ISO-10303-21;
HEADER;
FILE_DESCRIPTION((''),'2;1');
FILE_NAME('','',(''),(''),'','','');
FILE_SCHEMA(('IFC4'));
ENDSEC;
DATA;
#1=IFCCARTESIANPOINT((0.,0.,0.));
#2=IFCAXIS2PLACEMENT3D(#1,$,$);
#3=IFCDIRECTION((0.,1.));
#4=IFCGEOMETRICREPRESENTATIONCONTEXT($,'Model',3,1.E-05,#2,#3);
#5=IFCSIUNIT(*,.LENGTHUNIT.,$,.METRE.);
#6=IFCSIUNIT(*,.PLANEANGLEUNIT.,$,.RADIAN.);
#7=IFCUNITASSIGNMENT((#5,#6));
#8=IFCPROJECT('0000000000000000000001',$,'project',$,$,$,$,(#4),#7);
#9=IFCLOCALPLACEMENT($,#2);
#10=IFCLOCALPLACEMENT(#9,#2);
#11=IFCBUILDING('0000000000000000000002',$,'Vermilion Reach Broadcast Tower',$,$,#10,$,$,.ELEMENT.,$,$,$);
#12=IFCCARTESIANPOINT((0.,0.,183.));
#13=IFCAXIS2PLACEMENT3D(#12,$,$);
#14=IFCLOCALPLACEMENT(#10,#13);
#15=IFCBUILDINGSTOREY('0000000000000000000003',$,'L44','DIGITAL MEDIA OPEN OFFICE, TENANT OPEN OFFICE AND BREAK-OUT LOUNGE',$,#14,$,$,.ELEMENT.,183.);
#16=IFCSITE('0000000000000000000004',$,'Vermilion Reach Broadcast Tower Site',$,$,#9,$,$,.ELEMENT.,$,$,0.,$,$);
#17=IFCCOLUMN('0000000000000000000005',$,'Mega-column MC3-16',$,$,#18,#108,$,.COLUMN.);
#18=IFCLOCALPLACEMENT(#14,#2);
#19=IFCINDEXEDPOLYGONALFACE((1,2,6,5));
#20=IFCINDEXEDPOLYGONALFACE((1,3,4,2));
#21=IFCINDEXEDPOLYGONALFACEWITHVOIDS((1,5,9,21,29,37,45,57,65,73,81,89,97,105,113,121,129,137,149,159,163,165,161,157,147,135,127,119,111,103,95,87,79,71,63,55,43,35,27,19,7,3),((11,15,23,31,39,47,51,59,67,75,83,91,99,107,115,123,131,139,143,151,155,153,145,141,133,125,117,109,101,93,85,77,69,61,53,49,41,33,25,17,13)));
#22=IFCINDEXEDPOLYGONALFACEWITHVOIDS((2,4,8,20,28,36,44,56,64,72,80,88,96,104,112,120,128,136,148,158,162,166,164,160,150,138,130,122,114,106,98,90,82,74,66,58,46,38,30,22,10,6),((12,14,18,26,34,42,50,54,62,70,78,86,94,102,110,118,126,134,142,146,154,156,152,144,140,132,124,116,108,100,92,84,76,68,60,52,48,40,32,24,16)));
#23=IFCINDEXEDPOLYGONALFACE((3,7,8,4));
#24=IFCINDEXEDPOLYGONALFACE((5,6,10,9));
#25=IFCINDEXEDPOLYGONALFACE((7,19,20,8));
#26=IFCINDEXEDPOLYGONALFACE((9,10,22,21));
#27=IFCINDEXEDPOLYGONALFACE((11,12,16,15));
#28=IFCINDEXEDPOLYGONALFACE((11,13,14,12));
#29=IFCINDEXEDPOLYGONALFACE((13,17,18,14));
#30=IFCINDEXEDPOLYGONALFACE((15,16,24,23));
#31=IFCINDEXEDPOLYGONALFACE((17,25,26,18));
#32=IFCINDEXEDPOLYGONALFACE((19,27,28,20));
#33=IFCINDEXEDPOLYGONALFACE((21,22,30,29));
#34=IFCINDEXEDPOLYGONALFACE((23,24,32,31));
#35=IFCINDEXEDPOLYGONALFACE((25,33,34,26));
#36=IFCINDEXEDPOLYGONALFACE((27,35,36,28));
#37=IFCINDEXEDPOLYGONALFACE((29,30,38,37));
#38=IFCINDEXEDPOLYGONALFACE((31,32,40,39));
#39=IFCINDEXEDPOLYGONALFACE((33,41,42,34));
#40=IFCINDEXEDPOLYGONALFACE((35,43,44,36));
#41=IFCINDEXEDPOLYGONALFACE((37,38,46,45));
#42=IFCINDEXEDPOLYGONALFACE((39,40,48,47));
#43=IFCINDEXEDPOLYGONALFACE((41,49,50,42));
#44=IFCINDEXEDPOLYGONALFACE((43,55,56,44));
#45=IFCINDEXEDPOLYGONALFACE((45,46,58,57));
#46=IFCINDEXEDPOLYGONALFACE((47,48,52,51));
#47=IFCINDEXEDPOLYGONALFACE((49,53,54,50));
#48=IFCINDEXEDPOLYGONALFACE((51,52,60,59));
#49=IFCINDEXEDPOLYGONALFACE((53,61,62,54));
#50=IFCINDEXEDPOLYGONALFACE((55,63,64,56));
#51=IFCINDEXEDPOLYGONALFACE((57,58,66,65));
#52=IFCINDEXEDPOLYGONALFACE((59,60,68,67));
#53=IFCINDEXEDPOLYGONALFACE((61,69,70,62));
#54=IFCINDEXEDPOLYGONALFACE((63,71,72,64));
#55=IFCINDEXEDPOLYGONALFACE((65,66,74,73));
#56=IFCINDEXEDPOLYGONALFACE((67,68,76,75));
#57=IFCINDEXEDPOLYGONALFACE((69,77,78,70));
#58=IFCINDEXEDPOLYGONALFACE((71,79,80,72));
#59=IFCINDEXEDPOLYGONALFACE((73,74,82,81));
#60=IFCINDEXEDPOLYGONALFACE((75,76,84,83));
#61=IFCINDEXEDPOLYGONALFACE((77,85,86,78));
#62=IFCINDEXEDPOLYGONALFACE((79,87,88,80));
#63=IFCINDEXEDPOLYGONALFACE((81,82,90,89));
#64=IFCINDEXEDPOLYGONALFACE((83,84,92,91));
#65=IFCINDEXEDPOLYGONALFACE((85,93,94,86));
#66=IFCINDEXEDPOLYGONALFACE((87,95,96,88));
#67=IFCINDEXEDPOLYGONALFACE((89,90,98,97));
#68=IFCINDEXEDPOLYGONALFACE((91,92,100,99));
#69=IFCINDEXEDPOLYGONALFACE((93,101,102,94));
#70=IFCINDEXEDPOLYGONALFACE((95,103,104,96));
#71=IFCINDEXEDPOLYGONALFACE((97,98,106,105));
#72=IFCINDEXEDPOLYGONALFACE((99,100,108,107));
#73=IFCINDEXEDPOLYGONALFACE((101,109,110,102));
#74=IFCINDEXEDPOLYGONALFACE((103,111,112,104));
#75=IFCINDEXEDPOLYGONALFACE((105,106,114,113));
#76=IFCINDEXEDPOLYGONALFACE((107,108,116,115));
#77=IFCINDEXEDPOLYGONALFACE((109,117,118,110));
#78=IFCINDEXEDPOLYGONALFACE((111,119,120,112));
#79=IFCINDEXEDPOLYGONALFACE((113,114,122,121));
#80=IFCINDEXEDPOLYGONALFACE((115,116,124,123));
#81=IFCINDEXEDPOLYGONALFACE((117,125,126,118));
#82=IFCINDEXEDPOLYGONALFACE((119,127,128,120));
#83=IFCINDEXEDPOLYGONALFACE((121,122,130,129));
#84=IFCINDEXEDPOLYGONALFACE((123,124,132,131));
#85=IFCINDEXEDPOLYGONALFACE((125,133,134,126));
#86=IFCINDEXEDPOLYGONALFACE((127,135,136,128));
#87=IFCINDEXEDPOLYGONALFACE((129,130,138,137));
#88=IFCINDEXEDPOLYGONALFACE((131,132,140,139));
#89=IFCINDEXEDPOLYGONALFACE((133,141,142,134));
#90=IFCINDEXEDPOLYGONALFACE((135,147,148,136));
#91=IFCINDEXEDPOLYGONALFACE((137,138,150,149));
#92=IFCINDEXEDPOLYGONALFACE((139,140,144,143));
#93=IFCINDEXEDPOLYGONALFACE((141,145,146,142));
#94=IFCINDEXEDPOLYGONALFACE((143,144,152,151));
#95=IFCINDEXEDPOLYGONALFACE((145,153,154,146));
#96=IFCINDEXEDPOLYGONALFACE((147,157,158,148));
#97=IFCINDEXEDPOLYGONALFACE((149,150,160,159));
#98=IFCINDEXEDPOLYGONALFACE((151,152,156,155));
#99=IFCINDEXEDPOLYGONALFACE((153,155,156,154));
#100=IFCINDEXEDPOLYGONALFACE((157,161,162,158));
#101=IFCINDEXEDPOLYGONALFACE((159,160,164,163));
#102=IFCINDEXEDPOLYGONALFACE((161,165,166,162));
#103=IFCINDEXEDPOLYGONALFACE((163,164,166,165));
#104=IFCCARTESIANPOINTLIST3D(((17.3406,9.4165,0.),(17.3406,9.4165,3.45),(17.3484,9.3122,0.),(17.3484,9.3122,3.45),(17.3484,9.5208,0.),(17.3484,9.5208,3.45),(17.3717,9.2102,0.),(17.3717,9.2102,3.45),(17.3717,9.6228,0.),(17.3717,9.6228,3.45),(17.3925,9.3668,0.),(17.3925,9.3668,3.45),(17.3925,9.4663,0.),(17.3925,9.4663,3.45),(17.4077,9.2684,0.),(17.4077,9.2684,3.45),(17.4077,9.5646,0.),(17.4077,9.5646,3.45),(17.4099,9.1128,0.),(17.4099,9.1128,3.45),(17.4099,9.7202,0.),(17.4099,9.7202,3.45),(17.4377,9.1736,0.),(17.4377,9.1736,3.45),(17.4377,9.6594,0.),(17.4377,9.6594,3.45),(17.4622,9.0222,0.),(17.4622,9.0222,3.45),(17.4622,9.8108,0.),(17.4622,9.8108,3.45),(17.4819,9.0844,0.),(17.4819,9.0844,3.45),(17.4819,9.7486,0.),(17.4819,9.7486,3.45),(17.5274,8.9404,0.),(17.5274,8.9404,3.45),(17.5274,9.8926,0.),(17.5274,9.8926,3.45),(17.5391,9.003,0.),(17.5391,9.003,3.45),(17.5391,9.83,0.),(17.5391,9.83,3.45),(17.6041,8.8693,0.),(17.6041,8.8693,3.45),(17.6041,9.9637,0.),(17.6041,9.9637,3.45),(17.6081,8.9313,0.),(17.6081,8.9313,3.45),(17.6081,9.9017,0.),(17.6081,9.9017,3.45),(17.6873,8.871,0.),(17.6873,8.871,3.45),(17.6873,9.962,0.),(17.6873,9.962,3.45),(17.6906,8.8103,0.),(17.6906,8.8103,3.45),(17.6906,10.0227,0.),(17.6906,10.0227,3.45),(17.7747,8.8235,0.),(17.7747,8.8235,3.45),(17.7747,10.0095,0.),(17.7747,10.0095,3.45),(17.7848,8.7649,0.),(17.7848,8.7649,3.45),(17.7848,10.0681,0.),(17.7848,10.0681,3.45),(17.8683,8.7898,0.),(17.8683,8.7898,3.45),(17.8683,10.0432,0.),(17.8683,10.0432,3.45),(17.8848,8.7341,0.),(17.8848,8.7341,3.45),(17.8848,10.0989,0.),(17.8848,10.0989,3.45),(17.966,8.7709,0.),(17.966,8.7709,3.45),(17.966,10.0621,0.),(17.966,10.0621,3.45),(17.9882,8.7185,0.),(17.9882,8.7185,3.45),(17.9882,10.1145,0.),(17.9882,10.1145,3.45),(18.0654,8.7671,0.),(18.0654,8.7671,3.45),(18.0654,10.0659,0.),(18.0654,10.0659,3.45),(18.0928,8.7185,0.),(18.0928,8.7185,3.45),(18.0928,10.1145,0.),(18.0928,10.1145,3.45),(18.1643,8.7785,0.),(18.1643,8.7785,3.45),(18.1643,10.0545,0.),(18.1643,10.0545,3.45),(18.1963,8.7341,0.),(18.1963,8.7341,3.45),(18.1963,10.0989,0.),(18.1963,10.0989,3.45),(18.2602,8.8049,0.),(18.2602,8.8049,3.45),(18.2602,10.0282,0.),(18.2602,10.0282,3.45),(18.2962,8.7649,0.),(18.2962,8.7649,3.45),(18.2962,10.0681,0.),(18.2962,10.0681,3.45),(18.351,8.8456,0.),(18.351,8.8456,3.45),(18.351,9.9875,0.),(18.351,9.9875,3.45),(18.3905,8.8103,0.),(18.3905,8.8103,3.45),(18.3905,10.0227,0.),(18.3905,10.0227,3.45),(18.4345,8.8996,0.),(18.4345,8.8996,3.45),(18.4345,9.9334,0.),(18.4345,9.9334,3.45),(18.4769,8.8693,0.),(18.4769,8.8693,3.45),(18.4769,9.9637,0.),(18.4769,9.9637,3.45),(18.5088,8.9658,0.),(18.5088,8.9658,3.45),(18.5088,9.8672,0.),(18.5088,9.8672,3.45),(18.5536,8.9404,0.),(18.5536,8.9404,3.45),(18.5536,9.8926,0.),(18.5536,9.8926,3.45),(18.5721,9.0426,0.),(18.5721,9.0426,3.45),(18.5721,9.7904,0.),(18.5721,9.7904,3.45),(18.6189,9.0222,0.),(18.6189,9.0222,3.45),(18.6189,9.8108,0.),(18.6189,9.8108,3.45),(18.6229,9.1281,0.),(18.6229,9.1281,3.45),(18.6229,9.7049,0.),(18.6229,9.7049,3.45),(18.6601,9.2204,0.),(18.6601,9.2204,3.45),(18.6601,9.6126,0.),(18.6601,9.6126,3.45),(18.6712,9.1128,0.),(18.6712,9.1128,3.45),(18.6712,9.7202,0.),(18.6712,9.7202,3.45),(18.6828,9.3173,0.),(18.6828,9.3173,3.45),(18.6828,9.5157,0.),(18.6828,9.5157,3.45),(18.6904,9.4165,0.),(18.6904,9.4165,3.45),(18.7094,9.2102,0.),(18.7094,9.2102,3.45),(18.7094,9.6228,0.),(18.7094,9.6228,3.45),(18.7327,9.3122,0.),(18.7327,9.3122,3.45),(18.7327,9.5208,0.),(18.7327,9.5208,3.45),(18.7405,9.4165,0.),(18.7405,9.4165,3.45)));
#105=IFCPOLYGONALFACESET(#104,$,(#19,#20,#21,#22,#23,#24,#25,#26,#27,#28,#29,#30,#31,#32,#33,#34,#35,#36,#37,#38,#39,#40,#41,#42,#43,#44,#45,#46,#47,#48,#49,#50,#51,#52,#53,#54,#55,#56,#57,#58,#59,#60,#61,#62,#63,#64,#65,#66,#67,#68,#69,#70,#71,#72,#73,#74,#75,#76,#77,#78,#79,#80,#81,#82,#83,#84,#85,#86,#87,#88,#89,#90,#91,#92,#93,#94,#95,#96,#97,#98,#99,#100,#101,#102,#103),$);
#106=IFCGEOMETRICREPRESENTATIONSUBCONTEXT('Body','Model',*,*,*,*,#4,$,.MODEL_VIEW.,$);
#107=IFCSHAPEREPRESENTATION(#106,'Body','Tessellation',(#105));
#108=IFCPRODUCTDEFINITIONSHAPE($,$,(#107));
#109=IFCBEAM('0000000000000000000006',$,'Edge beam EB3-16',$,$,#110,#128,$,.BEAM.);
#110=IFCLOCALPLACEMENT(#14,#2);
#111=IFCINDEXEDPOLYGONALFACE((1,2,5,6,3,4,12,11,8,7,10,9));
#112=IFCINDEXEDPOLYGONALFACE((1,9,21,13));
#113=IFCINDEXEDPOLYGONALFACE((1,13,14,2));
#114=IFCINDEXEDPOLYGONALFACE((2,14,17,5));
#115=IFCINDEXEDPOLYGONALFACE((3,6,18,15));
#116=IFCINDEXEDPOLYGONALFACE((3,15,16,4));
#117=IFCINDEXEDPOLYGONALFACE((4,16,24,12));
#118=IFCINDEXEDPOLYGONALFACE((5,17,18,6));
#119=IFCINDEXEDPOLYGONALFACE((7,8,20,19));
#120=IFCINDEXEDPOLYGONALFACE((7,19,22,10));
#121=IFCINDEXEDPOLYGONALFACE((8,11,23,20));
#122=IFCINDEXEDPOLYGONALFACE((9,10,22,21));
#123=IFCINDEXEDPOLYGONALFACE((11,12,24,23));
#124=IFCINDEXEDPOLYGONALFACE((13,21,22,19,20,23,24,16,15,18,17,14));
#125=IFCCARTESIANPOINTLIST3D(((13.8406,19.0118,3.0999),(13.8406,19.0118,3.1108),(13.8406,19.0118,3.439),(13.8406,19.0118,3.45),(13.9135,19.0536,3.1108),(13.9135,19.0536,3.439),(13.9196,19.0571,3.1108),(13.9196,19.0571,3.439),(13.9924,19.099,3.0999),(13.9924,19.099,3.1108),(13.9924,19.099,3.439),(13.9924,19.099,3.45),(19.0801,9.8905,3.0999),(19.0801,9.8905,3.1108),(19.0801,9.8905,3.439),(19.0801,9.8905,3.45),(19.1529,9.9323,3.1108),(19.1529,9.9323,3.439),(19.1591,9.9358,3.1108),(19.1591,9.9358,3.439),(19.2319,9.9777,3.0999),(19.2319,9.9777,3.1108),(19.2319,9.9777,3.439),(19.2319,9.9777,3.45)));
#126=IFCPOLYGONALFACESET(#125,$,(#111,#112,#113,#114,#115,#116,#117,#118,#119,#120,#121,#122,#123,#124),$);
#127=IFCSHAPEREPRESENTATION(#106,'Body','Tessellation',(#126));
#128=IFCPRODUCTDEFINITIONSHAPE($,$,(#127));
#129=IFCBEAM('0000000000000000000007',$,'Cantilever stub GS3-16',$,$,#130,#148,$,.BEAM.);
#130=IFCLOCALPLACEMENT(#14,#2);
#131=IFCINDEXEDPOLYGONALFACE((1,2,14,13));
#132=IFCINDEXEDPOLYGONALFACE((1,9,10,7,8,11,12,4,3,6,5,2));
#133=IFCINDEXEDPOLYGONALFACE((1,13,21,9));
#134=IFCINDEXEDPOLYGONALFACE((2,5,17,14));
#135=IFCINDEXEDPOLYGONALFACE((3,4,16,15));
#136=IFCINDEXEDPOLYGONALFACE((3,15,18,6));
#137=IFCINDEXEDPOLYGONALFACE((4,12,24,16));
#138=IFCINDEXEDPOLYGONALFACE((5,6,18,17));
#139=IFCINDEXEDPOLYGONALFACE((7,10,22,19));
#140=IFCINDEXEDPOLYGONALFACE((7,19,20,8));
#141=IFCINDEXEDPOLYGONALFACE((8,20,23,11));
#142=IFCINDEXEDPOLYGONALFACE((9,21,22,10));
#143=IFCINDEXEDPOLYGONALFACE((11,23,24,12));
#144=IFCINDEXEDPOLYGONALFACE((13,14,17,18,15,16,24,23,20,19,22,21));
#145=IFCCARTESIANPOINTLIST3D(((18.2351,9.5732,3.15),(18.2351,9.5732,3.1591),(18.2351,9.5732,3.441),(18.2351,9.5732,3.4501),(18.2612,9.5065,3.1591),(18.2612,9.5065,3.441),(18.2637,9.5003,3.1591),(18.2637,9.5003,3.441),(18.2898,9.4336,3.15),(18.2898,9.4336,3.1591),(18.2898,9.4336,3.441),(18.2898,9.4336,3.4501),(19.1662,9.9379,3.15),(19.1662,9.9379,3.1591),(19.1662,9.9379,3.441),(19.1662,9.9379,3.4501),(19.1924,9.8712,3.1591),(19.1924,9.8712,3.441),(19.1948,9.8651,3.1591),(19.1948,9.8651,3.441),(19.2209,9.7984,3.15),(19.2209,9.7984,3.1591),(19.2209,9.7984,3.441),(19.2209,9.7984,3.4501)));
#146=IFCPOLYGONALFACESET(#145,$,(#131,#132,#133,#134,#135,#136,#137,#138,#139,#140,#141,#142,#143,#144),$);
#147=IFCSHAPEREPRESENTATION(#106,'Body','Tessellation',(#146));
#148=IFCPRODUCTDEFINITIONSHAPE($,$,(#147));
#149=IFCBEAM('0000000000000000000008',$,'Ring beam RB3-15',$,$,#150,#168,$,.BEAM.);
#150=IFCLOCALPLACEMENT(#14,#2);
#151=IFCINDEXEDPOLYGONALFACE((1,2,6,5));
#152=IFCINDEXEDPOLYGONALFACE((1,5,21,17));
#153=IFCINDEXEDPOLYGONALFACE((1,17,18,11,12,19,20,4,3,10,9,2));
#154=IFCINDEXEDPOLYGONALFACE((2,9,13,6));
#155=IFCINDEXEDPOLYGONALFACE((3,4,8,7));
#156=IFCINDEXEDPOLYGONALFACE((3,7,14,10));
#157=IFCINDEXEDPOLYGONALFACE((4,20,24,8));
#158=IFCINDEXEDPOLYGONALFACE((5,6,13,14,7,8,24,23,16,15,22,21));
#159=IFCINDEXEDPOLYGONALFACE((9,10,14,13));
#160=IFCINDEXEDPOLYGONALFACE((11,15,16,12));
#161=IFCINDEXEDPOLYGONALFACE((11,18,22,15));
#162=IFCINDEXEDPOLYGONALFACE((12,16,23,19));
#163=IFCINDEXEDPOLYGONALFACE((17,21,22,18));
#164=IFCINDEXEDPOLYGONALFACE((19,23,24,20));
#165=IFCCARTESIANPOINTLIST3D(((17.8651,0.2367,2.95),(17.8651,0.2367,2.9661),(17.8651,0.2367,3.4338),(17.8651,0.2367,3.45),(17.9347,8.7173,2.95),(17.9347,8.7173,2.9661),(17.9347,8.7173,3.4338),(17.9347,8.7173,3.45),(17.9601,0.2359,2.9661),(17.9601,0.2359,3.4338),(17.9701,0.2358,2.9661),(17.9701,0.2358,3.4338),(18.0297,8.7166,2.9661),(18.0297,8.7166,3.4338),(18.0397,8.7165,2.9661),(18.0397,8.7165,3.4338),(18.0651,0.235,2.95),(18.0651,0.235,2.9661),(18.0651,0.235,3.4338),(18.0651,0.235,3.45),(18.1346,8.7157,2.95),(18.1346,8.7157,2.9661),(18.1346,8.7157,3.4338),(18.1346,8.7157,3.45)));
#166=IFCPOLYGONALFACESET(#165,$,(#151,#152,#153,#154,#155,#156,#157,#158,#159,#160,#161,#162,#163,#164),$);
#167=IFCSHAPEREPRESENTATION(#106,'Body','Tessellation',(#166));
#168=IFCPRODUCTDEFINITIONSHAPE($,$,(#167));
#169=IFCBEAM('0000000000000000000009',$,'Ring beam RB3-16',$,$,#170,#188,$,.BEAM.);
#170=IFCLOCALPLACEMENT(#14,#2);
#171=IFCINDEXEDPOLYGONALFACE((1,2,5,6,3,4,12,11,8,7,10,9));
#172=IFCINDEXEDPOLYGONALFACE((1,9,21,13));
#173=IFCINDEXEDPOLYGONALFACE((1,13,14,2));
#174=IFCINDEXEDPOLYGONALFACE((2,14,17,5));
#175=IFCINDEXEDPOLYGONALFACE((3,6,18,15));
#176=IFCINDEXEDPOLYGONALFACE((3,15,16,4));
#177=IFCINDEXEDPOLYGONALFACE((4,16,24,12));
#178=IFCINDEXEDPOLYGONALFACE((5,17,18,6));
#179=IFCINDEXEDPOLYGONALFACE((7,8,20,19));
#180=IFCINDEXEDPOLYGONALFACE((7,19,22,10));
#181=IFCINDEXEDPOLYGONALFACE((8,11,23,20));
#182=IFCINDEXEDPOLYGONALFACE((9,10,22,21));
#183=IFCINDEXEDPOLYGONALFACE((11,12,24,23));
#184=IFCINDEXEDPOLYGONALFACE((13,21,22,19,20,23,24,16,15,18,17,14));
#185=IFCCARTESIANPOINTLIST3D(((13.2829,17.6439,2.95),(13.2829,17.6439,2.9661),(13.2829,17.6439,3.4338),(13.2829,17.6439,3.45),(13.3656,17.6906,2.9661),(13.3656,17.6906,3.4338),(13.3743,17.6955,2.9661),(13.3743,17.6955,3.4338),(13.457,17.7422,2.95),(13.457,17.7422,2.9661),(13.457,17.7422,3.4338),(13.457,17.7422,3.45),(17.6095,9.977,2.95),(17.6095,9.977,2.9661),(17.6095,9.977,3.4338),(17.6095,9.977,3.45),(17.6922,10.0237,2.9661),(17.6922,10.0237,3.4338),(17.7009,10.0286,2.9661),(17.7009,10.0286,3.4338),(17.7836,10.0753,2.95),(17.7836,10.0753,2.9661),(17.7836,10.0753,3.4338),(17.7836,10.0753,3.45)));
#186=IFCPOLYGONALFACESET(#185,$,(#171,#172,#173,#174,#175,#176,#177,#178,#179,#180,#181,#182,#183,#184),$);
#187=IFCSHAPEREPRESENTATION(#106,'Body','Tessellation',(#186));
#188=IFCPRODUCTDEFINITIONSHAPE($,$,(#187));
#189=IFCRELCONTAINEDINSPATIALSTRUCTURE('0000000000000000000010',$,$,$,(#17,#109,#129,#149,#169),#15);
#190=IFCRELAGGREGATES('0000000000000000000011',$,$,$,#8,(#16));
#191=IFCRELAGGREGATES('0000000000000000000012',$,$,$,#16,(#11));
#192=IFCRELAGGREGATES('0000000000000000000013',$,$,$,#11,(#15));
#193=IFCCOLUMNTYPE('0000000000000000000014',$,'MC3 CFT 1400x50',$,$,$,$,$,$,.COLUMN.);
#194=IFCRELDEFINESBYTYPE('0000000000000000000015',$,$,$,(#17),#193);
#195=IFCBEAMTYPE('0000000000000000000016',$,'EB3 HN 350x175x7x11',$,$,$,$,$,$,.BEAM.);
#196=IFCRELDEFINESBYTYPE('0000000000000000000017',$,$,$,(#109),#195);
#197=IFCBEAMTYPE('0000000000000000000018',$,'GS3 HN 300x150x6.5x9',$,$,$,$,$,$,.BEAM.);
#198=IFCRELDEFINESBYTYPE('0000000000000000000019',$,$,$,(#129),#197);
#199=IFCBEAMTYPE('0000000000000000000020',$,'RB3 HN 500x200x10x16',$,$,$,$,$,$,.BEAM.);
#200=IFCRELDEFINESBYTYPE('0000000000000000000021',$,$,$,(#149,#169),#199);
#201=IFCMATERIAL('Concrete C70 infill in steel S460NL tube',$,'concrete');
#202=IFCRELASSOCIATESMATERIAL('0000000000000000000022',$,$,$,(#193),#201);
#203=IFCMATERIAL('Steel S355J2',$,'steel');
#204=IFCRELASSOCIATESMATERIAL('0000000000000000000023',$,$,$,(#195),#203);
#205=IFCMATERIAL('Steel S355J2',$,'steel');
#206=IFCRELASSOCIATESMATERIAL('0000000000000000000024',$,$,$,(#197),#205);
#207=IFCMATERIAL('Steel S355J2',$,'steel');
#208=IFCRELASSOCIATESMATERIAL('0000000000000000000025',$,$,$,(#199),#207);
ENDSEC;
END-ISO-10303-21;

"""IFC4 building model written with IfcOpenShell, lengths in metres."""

from ifc_helpers import new_model, si_unit, direction, frame, origin, origin_2d, place, context, subcontext, project, spatial, hollow_circle, i_section, extrude, material, material_profile, profile_set, type_object, element, save


model = new_model("IFC4")

# Units and contexts
model_context = context("Model", 3, precision=1e-05, world=origin(), true_north=direction((0.0, 1.0)))
body_context = subcontext(model_context, "Body", "Model", "MODEL_VIEW")
ifc_project = project(units=[si_unit("LENGTHUNIT", "METRE"), si_unit("PLANEANGLEUNIT", "RADIAN")], contexts=[model_context])

# Site, building, storey
site_placement = place(None, origin())
site = spatial("IfcSite", under=ifc_project, at=site_placement, Name="Vermilion Reach Broadcast Tower Site", CompositionType="ELEMENT", RefElevation=0.0)
building_placement = place(site_placement, origin())
building = spatial("IfcBuilding", under=site, at=building_placement, Name="Vermilion Reach Broadcast Tower", CompositionType="ELEMENT")
storey_placement = place(building_placement, frame((0.0, 0.0, 183.0)))
storey = spatial("IfcBuildingStorey", under=building, at=storey_placement, Name="L44", Description="DIGITAL MEDIA OPEN OFFICE, TENANT OPEN OFFICE AND BREAK-OUT LOUNGE", CompositionType="ELEMENT", Elevation=183.0)

# Column
ifc_material_1 = material(Name="Concrete C70 infill in steel S460NL tube", Category="concrete")
ifc_material_profile_1 = material_profile(ifc_material_1, hollow_circle(Radius=0.7, WallThickness=0.05, at=origin_2d()), Name="Concrete C70 infill in steel S460NL tube CFT 1400x50")
ifc_profile_set_1 = profile_set([ifc_material_profile_1], Name="Concrete C70 infill in steel S460NL tube")
column_type = type_object("IfcColumnType", Name="MC3 CFT 1400x50", PredefinedType="COLUMN", material=ifc_profile_set_1)
column_placement = place(storey_placement, frame((18.0405, 9.4165, 0.0), z_axis=(0.0, 0.0, 1.0), x_axis=(1.0, 0.0, 0.0)))
element("IfcColumn", 1, at=column_placement, inside=storey, type_object=column_type, Name="Mega-column MC3-16", PredefinedType="COLUMN", context=body_context, shape_type="SweptSolid", body=[
    extrude(hollow_circle(Radius=0.7, WallThickness=0.05, at=origin_2d()), origin(), (0.0, 0.0, 1.0), 3.45),
])

# Beams
ifc_material_2 = material(Name="Steel S355J2", Category="steel")
ifc_material_profile_2 = material_profile(ifc_material_2, i_section(OverallWidth=0.175, OverallDepth=0.3501, WebThickness=0.0071, FlangeThickness=0.011, at=origin_2d()), Name="S355J2 HN 350x175x7x11")
ifc_profile_set_2 = profile_set([ifc_material_profile_2], Name="Steel S355J2")
beam_type_1 = type_object("IfcBeamType", Name="EB3 HN 350x175x7x11", PredefinedType="BEAM", material=ifc_profile_set_2)
beam_1_placement = place(storey_placement, frame((19.156, 9.9341, 3.2749), z_axis=(-0.498095, 0.867123, 0.0), x_axis=(-0.867123, -0.498095, 0.0)))
element("IfcBeam", 2, at=beam_1_placement, inside=storey, type_object=beam_type_1, Name="Edge beam EB3-16", PredefinedType="BEAM", context=body_context, shape_type="SweptSolid", body=[
    extrude(i_section(OverallWidth=0.175, OverallDepth=0.3501, WebThickness=0.0071, FlangeThickness=0.011, at=origin_2d()), origin(), (0.0, 0.0, 1.0), 10.519),
])
ifc_material_3 = material(Name="Steel S355J2", Category="steel")
ifc_material_profile_3 = material_profile(ifc_material_3, i_section(OverallWidth=0.1499, OverallDepth=0.3, WebThickness=0.0066, FlangeThickness=0.009, at=origin_2d()), Name="S355J2 HN 300x150x6.5x9")
ifc_profile_set_3 = profile_set([ifc_material_profile_3], Name="Steel S355J2")
beam_type_2 = type_object("IfcBeamType", Name="GS3 HN 300x150x6.5x9", PredefinedType="BEAM", material=ifc_profile_set_3)
beam_2_placement = place(storey_placement, frame((18.2625, 9.5034, 3.3), z_axis=(0.931113, 0.364731, 0.0), x_axis=(-0.364731, 0.931113, 0.0)))
element("IfcBeam", 3, at=beam_2_placement, inside=storey, type_object=beam_type_2, Name="Cantilever stub GS3-16", PredefinedType="BEAM", context=body_context, shape_type="SweptSolid", body=[
    extrude(i_section(OverallWidth=0.1499, OverallDepth=0.3, WebThickness=0.0066, FlangeThickness=0.009, at=origin_2d()), origin(), (0.0, 0.0, 1.0), 1.0),
])
ifc_material_4 = material(Name="Steel S355J2", Category="steel")
ifc_material_profile_4 = material_profile(ifc_material_4, i_section(OverallWidth=0.2, OverallDepth=0.5, WebThickness=0.01, FlangeThickness=0.0161, at=origin_2d()), Name="S355J2 HN 500x200x10x16")
ifc_profile_set_4 = profile_set([ifc_material_profile_4], Name="Steel S355J2")
beam_type_3 = type_object("IfcBeamType", Name="RB3 HN 500x200x10x16", PredefinedType="BEAM", material=ifc_profile_set_4)
beam_3_placement = place(storey_placement, frame((17.9651, 0.2358, 3.2), z_axis=(0.008204, 0.999966, 0.0), x_axis=(-0.999966, 0.008204, 0.0)))
element("IfcBeam", 4, at=beam_3_placement, inside=storey, type_object=beam_type_3, Name="Ring beam RB3-15", PredefinedType="BEAM", context=body_context, shape_type="SweptSolid", body=[
    extrude(i_section(OverallWidth=0.2, OverallDepth=0.5, WebThickness=0.01, FlangeThickness=0.0161, at=origin_2d()), origin(), (0.0, 0.0, 1.0), 8.481),
])
beam_4_placement = place(storey_placement, frame((17.6965, 10.0261, 3.2), z_axis=(-0.491467, 0.870896, 0.0), x_axis=(-0.870896, -0.491467, 0.0)))
element("IfcBeam", 5, at=beam_4_placement, inside=storey, type_object=beam_type_3, Name="Ring beam RB3-16", PredefinedType="BEAM", context=body_context, shape_type="SweptSolid", body=[
    extrude(i_section(OverallWidth=0.2, OverallDepth=0.5, WebThickness=0.01, FlangeThickness=0.0161, at=origin_2d()), origin(), (0.0, 0.0, 1.0), 8.8035),
])

save(model, "model.ifc")
